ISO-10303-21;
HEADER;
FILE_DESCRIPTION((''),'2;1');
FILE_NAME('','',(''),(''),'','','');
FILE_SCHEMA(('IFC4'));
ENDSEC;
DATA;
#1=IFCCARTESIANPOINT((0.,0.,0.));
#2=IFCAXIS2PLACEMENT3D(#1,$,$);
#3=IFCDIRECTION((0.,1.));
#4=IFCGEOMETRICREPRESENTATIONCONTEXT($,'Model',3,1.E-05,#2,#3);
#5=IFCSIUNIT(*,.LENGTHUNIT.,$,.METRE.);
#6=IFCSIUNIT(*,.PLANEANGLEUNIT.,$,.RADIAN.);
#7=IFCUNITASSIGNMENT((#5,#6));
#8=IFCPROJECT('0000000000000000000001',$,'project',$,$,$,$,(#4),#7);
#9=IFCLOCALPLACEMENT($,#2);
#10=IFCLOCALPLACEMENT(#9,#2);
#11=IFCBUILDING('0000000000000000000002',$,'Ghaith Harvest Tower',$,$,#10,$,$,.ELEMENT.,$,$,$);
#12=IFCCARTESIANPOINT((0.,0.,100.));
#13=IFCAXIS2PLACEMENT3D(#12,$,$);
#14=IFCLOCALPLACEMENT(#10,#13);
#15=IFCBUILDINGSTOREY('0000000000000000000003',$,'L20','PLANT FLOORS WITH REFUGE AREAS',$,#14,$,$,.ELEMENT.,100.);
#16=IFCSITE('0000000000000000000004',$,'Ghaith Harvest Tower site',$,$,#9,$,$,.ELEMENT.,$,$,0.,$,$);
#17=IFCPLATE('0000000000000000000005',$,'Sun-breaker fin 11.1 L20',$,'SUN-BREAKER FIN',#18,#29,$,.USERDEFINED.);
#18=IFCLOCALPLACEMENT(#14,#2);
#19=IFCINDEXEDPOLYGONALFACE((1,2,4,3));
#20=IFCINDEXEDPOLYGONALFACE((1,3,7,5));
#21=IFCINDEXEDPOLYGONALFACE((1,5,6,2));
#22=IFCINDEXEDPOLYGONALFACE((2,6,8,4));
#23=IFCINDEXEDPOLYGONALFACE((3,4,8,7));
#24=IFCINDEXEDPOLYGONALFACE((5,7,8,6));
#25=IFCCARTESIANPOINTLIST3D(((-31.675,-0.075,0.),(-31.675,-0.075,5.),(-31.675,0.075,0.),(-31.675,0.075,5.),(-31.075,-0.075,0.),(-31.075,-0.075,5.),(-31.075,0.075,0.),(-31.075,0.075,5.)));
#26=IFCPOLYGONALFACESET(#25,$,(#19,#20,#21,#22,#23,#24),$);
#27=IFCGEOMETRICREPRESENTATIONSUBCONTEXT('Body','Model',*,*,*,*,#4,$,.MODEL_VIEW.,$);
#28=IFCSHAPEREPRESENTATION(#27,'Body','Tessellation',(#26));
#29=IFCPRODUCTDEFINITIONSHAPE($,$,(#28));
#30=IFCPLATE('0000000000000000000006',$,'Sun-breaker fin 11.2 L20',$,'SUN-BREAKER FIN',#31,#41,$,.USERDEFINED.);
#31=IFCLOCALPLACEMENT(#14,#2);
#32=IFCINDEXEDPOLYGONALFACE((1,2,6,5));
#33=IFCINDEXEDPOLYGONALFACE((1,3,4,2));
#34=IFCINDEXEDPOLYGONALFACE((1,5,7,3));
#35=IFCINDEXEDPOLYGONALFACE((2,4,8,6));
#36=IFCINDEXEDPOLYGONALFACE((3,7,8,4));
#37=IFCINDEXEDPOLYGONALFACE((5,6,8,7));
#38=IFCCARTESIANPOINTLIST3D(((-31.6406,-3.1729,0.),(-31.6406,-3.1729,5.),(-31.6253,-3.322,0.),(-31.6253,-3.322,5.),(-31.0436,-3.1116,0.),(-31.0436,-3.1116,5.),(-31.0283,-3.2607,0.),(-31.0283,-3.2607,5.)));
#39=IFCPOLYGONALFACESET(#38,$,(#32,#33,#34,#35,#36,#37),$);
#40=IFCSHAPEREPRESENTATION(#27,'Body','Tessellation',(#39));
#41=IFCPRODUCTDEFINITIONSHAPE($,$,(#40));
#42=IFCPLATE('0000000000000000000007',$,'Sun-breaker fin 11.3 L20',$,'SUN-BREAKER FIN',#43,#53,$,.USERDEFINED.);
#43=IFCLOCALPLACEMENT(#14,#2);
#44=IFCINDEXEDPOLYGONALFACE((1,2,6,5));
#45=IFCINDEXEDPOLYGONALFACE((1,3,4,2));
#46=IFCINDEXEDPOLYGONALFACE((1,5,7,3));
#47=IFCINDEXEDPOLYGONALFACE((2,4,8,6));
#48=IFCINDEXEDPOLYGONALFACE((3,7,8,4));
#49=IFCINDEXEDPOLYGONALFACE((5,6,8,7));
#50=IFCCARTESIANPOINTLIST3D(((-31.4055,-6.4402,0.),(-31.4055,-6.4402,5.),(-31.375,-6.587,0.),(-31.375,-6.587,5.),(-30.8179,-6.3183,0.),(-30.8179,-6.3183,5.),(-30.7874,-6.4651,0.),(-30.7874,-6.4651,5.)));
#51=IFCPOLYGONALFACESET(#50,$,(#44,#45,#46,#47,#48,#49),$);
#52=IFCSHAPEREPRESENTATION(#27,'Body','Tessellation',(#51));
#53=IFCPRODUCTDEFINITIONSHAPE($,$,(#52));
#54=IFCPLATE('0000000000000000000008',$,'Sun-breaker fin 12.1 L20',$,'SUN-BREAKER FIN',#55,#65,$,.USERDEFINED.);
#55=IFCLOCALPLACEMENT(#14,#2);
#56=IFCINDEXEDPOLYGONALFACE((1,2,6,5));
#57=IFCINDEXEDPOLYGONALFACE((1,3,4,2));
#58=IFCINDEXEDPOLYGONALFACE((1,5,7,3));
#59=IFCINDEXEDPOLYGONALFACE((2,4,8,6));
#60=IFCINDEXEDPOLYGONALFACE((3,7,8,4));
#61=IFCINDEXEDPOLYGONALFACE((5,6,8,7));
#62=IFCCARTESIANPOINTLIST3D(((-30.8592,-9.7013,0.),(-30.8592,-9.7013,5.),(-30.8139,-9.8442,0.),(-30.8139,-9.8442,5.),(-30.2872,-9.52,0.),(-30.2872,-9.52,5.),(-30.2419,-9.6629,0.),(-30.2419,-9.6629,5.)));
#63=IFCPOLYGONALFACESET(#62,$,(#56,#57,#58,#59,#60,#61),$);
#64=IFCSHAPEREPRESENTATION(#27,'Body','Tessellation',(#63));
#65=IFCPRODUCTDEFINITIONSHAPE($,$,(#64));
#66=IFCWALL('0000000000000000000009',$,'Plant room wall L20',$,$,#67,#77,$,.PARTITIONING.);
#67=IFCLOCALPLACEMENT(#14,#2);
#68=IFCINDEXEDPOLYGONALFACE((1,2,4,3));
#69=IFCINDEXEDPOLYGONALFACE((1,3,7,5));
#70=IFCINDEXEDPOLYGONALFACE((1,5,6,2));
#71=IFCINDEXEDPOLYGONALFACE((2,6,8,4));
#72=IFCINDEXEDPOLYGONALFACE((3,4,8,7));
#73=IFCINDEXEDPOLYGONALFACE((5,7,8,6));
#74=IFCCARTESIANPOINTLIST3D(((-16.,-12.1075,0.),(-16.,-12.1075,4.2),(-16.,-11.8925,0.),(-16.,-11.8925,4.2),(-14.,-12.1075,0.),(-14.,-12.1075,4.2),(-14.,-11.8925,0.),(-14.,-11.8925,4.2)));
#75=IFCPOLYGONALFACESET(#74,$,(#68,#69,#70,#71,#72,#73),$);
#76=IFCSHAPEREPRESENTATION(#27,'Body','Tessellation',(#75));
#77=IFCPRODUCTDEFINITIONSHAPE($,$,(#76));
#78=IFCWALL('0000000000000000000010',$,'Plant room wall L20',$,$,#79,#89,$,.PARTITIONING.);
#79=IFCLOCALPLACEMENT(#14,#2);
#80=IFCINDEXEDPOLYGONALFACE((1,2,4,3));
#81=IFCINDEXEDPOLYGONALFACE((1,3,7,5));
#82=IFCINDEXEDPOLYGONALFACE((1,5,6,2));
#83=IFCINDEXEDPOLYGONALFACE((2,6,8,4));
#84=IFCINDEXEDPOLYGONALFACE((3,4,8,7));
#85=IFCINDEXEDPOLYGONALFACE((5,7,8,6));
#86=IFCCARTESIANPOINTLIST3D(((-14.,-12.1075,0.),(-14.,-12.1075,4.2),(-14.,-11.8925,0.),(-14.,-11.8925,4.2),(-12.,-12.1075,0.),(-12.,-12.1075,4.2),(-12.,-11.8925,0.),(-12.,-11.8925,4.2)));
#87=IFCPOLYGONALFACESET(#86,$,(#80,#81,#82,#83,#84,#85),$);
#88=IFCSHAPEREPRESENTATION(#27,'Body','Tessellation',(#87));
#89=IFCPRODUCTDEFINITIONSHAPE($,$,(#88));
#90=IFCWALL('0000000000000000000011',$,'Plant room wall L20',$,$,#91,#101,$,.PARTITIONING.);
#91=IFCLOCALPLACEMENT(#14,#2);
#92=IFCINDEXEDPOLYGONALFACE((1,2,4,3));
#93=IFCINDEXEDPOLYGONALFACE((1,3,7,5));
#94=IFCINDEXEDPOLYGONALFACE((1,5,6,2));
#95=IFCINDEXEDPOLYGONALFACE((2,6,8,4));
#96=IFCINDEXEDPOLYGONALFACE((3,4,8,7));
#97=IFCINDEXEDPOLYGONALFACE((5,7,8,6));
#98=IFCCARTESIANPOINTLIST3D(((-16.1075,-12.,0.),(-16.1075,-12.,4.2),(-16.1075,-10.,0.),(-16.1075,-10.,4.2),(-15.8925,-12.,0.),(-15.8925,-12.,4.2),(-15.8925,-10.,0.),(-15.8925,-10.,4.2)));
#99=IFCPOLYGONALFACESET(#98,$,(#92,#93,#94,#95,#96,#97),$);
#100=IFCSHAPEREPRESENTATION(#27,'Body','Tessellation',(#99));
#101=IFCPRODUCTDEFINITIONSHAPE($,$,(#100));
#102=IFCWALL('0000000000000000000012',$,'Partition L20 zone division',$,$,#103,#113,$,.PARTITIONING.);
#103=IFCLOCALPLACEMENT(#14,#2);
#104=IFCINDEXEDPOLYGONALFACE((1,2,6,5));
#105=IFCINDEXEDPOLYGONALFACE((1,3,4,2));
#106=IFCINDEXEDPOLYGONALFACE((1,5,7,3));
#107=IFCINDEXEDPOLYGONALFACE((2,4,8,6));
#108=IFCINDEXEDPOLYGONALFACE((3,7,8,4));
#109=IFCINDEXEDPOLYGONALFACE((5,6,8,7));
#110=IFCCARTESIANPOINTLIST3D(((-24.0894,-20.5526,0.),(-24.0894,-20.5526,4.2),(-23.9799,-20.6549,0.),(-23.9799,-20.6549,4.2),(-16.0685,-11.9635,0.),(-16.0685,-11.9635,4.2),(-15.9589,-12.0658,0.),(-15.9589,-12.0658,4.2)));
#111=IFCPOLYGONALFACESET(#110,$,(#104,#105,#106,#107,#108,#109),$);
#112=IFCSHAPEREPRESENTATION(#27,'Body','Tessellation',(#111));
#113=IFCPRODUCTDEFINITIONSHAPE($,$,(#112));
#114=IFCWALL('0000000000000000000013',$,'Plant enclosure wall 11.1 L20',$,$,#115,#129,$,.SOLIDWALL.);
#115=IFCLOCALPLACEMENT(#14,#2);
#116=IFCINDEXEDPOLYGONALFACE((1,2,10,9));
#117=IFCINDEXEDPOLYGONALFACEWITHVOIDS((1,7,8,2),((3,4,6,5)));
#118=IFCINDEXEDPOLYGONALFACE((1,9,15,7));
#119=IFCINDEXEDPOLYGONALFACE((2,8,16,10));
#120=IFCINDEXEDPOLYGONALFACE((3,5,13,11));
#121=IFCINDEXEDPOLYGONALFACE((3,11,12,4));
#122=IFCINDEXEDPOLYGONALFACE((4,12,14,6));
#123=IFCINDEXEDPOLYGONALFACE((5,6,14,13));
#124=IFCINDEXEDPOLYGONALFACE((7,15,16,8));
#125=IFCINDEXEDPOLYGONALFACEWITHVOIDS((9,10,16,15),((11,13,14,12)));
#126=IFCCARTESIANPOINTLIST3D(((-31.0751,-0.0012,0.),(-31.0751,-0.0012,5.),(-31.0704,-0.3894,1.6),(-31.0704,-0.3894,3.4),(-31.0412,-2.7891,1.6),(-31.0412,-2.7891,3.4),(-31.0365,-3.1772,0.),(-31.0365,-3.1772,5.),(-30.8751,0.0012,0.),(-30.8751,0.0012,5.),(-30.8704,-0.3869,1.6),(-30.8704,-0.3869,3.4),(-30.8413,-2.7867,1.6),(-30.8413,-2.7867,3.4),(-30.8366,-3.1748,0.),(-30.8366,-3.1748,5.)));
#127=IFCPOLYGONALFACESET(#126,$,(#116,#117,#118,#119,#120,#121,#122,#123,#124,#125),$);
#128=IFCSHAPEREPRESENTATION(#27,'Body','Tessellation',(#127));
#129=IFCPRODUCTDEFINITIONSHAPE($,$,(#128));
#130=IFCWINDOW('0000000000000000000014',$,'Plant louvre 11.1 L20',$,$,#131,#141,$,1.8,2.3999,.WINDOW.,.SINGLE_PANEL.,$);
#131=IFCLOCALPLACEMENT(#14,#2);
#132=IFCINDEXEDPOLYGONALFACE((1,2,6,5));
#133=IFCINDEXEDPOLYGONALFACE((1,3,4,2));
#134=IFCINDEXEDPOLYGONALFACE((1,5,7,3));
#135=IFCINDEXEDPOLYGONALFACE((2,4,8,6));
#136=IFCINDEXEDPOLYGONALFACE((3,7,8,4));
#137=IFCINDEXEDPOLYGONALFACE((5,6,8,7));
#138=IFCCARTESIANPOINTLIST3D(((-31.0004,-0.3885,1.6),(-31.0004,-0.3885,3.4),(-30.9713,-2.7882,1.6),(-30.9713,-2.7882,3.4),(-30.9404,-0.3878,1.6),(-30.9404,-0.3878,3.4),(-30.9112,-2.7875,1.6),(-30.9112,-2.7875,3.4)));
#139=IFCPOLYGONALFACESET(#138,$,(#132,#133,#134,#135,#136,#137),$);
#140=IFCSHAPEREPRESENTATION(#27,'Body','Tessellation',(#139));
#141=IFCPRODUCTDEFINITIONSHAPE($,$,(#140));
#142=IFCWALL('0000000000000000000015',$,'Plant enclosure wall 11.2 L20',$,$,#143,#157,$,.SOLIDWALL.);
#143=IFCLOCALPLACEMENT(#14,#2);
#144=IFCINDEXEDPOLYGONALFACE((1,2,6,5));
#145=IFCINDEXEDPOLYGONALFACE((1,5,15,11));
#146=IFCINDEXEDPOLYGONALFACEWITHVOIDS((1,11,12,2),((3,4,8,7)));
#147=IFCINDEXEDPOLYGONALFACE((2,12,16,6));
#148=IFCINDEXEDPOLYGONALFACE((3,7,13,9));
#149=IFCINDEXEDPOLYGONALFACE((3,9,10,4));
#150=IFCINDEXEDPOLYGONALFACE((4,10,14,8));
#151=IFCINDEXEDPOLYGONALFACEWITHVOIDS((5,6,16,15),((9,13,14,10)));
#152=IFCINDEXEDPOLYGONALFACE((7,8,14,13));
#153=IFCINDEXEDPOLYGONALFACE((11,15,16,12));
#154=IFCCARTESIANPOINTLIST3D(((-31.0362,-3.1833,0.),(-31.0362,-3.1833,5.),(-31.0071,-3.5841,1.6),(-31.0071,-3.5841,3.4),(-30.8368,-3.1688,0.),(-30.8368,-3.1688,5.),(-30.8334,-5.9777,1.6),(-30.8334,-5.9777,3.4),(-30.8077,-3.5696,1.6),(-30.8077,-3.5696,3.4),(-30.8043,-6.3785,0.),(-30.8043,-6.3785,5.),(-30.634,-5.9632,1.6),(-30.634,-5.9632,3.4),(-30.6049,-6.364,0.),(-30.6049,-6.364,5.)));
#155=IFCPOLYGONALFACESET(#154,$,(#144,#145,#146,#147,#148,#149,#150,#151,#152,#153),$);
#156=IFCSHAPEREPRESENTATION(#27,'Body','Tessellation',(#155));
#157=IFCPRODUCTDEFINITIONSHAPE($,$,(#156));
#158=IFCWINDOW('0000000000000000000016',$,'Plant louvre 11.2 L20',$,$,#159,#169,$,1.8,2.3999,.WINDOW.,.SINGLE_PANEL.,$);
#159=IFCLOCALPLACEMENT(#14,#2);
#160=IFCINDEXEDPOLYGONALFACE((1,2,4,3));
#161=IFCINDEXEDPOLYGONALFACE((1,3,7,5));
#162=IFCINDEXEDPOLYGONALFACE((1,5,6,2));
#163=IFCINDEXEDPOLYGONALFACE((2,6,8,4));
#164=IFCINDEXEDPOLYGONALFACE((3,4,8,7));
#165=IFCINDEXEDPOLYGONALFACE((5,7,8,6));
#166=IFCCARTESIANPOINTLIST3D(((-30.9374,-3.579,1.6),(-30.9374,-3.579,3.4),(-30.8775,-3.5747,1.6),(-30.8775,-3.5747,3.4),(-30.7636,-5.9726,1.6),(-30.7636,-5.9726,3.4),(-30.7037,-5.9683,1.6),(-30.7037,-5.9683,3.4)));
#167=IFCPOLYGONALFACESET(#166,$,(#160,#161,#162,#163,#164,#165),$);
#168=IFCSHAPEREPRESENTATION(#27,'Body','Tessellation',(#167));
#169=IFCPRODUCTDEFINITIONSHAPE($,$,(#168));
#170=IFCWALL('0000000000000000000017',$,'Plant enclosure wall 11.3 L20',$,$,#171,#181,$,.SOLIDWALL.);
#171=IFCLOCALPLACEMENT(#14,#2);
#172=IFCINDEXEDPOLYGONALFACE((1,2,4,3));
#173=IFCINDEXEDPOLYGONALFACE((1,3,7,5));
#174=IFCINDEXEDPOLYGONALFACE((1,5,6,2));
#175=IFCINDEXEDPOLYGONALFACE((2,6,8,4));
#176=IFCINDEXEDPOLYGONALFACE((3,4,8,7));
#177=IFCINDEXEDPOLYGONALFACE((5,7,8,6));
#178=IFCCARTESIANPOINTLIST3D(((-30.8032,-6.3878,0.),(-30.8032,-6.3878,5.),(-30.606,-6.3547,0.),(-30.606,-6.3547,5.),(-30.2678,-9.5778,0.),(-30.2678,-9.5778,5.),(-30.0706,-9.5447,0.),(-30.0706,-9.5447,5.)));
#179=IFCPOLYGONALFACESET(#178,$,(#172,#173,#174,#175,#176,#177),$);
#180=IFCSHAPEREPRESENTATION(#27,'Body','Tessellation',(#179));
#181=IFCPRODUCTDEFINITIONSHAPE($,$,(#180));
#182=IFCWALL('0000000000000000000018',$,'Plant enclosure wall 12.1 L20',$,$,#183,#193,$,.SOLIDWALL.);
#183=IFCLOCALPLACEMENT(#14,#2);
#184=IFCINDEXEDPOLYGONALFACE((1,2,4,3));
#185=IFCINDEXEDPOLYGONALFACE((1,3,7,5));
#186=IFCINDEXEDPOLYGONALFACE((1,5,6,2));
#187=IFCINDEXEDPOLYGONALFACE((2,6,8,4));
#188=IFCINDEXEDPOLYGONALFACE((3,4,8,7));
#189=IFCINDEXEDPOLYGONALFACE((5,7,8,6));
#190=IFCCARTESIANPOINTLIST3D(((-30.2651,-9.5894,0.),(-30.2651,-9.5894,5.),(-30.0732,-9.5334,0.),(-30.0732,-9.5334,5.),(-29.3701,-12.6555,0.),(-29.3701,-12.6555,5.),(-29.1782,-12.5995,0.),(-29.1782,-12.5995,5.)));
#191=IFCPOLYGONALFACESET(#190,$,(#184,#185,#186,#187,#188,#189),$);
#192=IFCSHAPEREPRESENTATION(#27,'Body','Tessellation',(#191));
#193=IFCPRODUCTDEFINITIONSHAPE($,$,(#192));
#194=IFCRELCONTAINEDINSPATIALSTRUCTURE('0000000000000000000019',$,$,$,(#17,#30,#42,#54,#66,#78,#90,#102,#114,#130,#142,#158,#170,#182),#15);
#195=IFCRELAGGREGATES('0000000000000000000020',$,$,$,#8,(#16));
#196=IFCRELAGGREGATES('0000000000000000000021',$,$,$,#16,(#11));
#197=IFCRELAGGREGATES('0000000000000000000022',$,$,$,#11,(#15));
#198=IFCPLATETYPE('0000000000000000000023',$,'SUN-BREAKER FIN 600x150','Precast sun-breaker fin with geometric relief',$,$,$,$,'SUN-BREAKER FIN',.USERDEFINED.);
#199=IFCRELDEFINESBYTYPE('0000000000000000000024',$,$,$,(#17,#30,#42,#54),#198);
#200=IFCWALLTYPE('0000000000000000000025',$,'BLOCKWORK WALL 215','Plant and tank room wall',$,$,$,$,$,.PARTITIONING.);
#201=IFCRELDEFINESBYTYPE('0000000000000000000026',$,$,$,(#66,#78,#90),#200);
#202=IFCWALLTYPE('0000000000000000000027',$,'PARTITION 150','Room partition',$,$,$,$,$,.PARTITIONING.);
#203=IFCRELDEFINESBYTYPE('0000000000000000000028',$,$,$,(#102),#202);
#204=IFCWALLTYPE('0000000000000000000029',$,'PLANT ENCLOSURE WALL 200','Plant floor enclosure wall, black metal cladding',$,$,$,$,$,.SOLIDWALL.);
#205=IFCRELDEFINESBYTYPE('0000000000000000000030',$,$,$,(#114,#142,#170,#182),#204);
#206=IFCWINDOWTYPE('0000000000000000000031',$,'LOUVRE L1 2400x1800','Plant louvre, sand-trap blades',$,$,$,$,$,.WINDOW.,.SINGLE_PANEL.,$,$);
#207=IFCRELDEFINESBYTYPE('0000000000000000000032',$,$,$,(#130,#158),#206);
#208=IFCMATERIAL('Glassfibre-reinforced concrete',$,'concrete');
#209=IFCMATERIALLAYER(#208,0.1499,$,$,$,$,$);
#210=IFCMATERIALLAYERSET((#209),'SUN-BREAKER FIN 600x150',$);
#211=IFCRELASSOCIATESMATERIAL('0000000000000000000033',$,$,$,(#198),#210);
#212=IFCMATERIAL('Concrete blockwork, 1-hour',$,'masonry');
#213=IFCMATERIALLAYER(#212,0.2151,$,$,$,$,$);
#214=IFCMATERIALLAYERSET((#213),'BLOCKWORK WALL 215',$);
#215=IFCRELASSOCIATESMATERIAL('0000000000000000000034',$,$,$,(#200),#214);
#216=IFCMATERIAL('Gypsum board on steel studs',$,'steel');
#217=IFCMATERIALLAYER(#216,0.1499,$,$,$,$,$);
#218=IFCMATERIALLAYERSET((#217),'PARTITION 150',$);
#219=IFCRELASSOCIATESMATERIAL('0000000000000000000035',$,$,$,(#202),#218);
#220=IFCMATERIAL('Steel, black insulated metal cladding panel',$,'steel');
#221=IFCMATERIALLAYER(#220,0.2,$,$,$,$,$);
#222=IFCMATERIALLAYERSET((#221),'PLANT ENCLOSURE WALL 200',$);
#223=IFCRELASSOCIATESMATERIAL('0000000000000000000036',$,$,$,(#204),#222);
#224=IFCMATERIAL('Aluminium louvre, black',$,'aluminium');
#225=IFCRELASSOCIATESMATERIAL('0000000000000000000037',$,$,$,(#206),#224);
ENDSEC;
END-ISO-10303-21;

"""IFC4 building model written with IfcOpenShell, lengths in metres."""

from ifc_helpers import new_model, si_unit, direction, frame, frame_2d, origin, origin_2d, place, context, subcontext, project, spatial, rectangle, extrude, material, layer, layer_set, type_object, element, fill, save


model = new_model("IFC4")

# Units and contexts
model_context = context("Model", 3, precision=1e-05, world=origin(), true_north=direction((0.0, 1.0)))
body_context = subcontext(model_context, "Body", "Model", "MODEL_VIEW")
ifc_project = project(units=[si_unit("LENGTHUNIT", "METRE"), si_unit("PLANEANGLEUNIT", "RADIAN")], contexts=[model_context])

# Site, building, storey
site_placement = place(None, origin())
site = spatial("IfcSite", under=ifc_project, at=site_placement, Name="Ghaith Harvest Tower site", CompositionType="ELEMENT", RefElevation=0.0)
building_placement = place(site_placement, origin())
building = spatial("IfcBuilding", under=site, at=building_placement, Name="Ghaith Harvest Tower", CompositionType="ELEMENT")
storey_placement = place(building_placement, frame((0.0, 0.0, 100.0)))
storey = spatial("IfcBuildingStorey", under=building, at=storey_placement, Name="L20", Description="PLANT FLOORS WITH REFUGE AREAS", CompositionType="ELEMENT", Elevation=100.0)

# Plates
ifc_material_1 = material(Name="Glassfibre-reinforced concrete", Category="concrete")
ifc_layer_1 = layer(ifc_material_1, 0.1499)
ifc_layer_set_1 = layer_set([ifc_layer_1], Name="SUN-BREAKER FIN 600x150")
plate_type = type_object("IfcPlateType", Name="SUN-BREAKER FIN 600x150", Description="Precast sun-breaker fin with geometric relief", ElementType="SUN-BREAKER FIN", PredefinedType="USERDEFINED", material=ifc_layer_set_1)
for number, where, z_axis, x_axis, name in (
    (1, (-31.375, 0.0, 0.0), (0.0, 0.0, 1.0), (-1.0, 0.0, 0.0), "Sun-breaker fin 11.1 L20"),
    (2, (-31.3345, -3.2168, 0.0), (0.0, 0.0, 1.0), (-0.994772, -0.102123, 0.0), "Sun-breaker fin 11.2 L20"),
    (3, (-31.0964, -6.4526, 0.0), (0.0, 0.0, 1.0), (-0.979142, -0.203179, 0.0), "Sun-breaker fin 11.3 L20"),
    (4, (-30.5505, -9.6821, 0.0), (0.0, 0.0, 1.0), (-0.953273, -0.30211, 0.0), "Sun-breaker fin 12.1 L20"),
):
    element("IfcPlate", number, at=place(storey_placement, frame(where, z_axis=z_axis, x_axis=x_axis)), inside=storey, type_object=plate_type, Name=name, ObjectType="SUN-BREAKER FIN", PredefinedType="USERDEFINED", context=body_context, shape_type="SweptSolid", body=[
        extrude(rectangle(XDim=0.6001, YDim=0.1499, at=origin_2d()), origin(), (0.0, 0.0, 1.0), 5.0),
    ])

# Walls
ifc_material_2 = material(Name="Concrete blockwork, 1-hour", Category="masonry")
ifc_layer_2 = layer(ifc_material_2, 0.2151)
ifc_layer_set_2 = layer_set([ifc_layer_2], Name="BLOCKWORK WALL 215")
wall_type_1 = type_object("IfcWallType", Name="BLOCKWORK WALL 215", Description="Plant and tank room wall", PredefinedType="PARTITIONING", material=ifc_layer_set_2)
for number, where, z_axis, x_axis, name in (
    (5, (-16.0, -12.0, 0.0), (0.0, 0.0, 1.0), (1.0, 0.0, 0.0), "Plant room wall L20"),
    (6, (-14.0, -12.0, 0.0), (0.0, 0.0, 1.0), (1.0, 0.0, 0.0), "Plant room wall L20"),
    (7, (-16.0, -10.0, 0.0), (0.0, 0.0, 1.0), (0.0, -1.0, 0.0), "Plant room wall L20"),
):
    element("IfcWall", number, at=place(storey_placement, frame(where, z_axis=z_axis, x_axis=x_axis)), inside=storey, type_object=wall_type_1, Name=name, PredefinedType="PARTITIONING", context=body_context, shape_type="SweptSolid", body=[
        extrude(rectangle(XDim=2.0, YDim=0.2151, at=frame_2d((1.0, 0.0))), origin(), (0.0, 0.0, 1.0), 4.2),
    ])

# Wall
ifc_material_3 = material(Name="Gypsum board on steel studs", Category="steel")
ifc_layer_3 = layer(ifc_material_3, 0.1499)
ifc_layer_set_3 = layer_set([ifc_layer_3], Name="PARTITION 150")
wall_type_2 = type_object("IfcWallType", Name="PARTITION 150", Description="Room partition", PredefinedType="PARTITIONING", material=ifc_layer_set_3)
wall_1_placement = place(storey_placement, frame((-16.0137, -12.0146, 0.0), z_axis=(0.0, 0.0, 1.0), x_axis=(-0.682523, -0.730865, 0.0)))
element("IfcWall", 8, at=wall_1_placement, inside=storey, type_object=wall_type_2, Name="Partition L20 zone division", PredefinedType="PARTITIONING", context=body_context, shape_type="SweptSolid", body=[
    extrude(rectangle(XDim=11.752, YDim=0.1499, at=frame_2d((5.876, 0.0))), origin(), (0.0, 0.0, 1.0), 4.2),
])

# Walls, openings, windows
ifc_material_4 = material(Name="Steel, black insulated metal cladding panel", Category="steel")
ifc_layer_4 = layer(ifc_material_4, 0.2)
ifc_layer_set_4 = layer_set([ifc_layer_4], Name="PLANT ENCLOSURE WALL 200")
wall_type_3 = type_object("IfcWallType", Name="PLANT ENCLOSURE WALL 200", Description="Plant floor enclosure wall, black metal cladding", PredefinedType="SOLIDWALL", material=ifc_layer_set_4)
wall_2_placement = place(storey_placement, frame((-30.9751, 0.0, 0.0), z_axis=(0.0, 0.0, 1.0), x_axis=(0.012145, -0.999926, 0.0)))
wall_2 = element("IfcWall", 9, at=wall_2_placement, inside=storey, type_object=wall_type_3, Name="Plant enclosure wall 11.1 L20", PredefinedType="SOLIDWALL", context=body_context, shape_type="SweptSolid", body=[
    extrude(rectangle(XDim=3.1763, YDim=0.2, at=frame_2d((1.5881, 0.0))), origin(), (0.0, 0.0, 1.0), 5.0),
])
opening_1_placement = place(wall_2_placement, frame((0.3882, 0.0, 1.6001)))
opening_1 = element("IfcOpeningElement", 10, at=opening_1_placement, cuts=wall_2, PredefinedType="OPENING", context=body_context, shape_type="SweptSolid", body=[
    extrude(rectangle(XDim=2.3999, YDim=1.8, at=frame_2d((1.2, 0.8999))), frame((0.0, 0.1099, 0.0), z_axis=(0.0, -1.0, 0.0), x_axis=(1.0, 0.0, 0.0)), (0.0, 0.0, 1.0), 0.22),
])
ifc_material_5 = material(Name="Aluminium louvre, black", Category="aluminium")
window_type = type_object("IfcWindowType", Name="LOUVRE L1 2400x1800", Description="Plant louvre, sand-trap blades", PartitioningType="SINGLE_PANEL", PredefinedType="WINDOW", material=ifc_material_5)
window_1_placement = place(opening_1_placement, origin())
window_1 = element("IfcWindow", 11, at=window_1_placement, inside=storey, type_object=window_type, Name="Plant louvre 11.1 L20", OverallHeight=1.8, OverallWidth=2.3999, PartitioningType="SINGLE_PANEL", PredefinedType="WINDOW", context=body_context, shape_type="SweptSolid", body=[
    extrude(rectangle(XDim=2.3999, YDim=1.8, at=frame_2d((1.2, 0.8999))), frame((0.0, 0.03, 0.0), z_axis=(0.0, -1.0, 0.0), x_axis=(1.0, 0.0, 0.0)), (0.0, 0.0, 1.0), 0.0601),
])
fill(opening_1, window_1)
wall_3_placement = place(storey_placement, frame((-30.9365, -3.176, 0.0), z_axis=(0.0, 0.0, 1.0), x_axis=(0.072395, -0.997376, 0.0)))
wall_3 = element("IfcWall", 12, at=wall_3_placement, inside=storey, type_object=wall_type_3, Name="Plant enclosure wall 11.2 L20", PredefinedType="SOLIDWALL", context=body_context, shape_type="SweptSolid", body=[
    extrude(rectangle(XDim=3.2036, YDim=0.2, at=frame_2d((1.6018, 0.0))), origin(), (0.0, 0.0, 1.0), 5.0),
])
opening_2_placement = place(wall_3_placement, frame((0.4019, 0.0, 1.6001)))
opening_2 = element("IfcOpeningElement", 13, at=opening_2_placement, cuts=wall_3, PredefinedType="OPENING", context=body_context, shape_type="SweptSolid", body=[
    extrude(rectangle(XDim=2.3999, YDim=1.8, at=frame_2d((1.2, 0.8999))), frame((0.0, 0.1099, 0.0), z_axis=(0.0, -1.0, 0.0), x_axis=(1.0, 0.0, 0.0)), (0.0, 0.0, 1.0), 0.22),
])
window_2_placement = place(opening_2_placement, origin())
window_2 = element("IfcWindow", 14, at=window_2_placement, inside=storey, type_object=window_type, Name="Plant louvre 11.2 L20", OverallHeight=1.8, OverallWidth=2.3999, PartitioningType="SINGLE_PANEL", PredefinedType="WINDOW", context=body_context, shape_type="SweptSolid", body=[
    extrude(rectangle(XDim=2.3999, YDim=1.8, at=frame_2d((1.2, 0.8999))), frame((0.0, 0.03, 0.0), z_axis=(0.0, -1.0, 0.0), x_axis=(1.0, 0.0, 0.0)), (0.0, 0.0, 1.0), 0.0601),
])
fill(opening_2, window_2)

# Walls
wall_4_placement = place(storey_placement, frame((-30.7046, -6.3713, 0.0), z_axis=(0.0, 0.0, 1.0), x_axis=(0.165525, -0.986206, 0.0)))
element("IfcWall", 15, at=wall_4_placement, inside=storey, type_object=wall_type_3, Name="Plant enclosure wall 11.3 L20", PredefinedType="SOLIDWALL", context=body_context, shape_type="SweptSolid", body=[
    extrude(rectangle(XDim=3.2346, YDim=0.2, at=frame_2d((1.6172, 0.0))), origin(), (0.0, 0.0, 1.0), 5.0),
])
wall_5_placement = place(storey_placement, frame((-30.1692, -9.5613, 0.0), z_axis=(0.0, 0.0, 1.0), x_axis=(0.280208, -0.959939, 0.0)))
element("IfcWall", 16, at=wall_5_placement, inside=storey, type_object=wall_type_3, Name="Plant enclosure wall 12.1 L20", PredefinedType="SOLIDWALL", context=body_context, shape_type="SweptSolid", body=[
    extrude(rectangle(XDim=3.1941, YDim=0.2, at=frame_2d((1.5972, 0.0))), origin(), (0.0, 0.0, 1.0), 5.0),
])

save(model, "model.ifc")
